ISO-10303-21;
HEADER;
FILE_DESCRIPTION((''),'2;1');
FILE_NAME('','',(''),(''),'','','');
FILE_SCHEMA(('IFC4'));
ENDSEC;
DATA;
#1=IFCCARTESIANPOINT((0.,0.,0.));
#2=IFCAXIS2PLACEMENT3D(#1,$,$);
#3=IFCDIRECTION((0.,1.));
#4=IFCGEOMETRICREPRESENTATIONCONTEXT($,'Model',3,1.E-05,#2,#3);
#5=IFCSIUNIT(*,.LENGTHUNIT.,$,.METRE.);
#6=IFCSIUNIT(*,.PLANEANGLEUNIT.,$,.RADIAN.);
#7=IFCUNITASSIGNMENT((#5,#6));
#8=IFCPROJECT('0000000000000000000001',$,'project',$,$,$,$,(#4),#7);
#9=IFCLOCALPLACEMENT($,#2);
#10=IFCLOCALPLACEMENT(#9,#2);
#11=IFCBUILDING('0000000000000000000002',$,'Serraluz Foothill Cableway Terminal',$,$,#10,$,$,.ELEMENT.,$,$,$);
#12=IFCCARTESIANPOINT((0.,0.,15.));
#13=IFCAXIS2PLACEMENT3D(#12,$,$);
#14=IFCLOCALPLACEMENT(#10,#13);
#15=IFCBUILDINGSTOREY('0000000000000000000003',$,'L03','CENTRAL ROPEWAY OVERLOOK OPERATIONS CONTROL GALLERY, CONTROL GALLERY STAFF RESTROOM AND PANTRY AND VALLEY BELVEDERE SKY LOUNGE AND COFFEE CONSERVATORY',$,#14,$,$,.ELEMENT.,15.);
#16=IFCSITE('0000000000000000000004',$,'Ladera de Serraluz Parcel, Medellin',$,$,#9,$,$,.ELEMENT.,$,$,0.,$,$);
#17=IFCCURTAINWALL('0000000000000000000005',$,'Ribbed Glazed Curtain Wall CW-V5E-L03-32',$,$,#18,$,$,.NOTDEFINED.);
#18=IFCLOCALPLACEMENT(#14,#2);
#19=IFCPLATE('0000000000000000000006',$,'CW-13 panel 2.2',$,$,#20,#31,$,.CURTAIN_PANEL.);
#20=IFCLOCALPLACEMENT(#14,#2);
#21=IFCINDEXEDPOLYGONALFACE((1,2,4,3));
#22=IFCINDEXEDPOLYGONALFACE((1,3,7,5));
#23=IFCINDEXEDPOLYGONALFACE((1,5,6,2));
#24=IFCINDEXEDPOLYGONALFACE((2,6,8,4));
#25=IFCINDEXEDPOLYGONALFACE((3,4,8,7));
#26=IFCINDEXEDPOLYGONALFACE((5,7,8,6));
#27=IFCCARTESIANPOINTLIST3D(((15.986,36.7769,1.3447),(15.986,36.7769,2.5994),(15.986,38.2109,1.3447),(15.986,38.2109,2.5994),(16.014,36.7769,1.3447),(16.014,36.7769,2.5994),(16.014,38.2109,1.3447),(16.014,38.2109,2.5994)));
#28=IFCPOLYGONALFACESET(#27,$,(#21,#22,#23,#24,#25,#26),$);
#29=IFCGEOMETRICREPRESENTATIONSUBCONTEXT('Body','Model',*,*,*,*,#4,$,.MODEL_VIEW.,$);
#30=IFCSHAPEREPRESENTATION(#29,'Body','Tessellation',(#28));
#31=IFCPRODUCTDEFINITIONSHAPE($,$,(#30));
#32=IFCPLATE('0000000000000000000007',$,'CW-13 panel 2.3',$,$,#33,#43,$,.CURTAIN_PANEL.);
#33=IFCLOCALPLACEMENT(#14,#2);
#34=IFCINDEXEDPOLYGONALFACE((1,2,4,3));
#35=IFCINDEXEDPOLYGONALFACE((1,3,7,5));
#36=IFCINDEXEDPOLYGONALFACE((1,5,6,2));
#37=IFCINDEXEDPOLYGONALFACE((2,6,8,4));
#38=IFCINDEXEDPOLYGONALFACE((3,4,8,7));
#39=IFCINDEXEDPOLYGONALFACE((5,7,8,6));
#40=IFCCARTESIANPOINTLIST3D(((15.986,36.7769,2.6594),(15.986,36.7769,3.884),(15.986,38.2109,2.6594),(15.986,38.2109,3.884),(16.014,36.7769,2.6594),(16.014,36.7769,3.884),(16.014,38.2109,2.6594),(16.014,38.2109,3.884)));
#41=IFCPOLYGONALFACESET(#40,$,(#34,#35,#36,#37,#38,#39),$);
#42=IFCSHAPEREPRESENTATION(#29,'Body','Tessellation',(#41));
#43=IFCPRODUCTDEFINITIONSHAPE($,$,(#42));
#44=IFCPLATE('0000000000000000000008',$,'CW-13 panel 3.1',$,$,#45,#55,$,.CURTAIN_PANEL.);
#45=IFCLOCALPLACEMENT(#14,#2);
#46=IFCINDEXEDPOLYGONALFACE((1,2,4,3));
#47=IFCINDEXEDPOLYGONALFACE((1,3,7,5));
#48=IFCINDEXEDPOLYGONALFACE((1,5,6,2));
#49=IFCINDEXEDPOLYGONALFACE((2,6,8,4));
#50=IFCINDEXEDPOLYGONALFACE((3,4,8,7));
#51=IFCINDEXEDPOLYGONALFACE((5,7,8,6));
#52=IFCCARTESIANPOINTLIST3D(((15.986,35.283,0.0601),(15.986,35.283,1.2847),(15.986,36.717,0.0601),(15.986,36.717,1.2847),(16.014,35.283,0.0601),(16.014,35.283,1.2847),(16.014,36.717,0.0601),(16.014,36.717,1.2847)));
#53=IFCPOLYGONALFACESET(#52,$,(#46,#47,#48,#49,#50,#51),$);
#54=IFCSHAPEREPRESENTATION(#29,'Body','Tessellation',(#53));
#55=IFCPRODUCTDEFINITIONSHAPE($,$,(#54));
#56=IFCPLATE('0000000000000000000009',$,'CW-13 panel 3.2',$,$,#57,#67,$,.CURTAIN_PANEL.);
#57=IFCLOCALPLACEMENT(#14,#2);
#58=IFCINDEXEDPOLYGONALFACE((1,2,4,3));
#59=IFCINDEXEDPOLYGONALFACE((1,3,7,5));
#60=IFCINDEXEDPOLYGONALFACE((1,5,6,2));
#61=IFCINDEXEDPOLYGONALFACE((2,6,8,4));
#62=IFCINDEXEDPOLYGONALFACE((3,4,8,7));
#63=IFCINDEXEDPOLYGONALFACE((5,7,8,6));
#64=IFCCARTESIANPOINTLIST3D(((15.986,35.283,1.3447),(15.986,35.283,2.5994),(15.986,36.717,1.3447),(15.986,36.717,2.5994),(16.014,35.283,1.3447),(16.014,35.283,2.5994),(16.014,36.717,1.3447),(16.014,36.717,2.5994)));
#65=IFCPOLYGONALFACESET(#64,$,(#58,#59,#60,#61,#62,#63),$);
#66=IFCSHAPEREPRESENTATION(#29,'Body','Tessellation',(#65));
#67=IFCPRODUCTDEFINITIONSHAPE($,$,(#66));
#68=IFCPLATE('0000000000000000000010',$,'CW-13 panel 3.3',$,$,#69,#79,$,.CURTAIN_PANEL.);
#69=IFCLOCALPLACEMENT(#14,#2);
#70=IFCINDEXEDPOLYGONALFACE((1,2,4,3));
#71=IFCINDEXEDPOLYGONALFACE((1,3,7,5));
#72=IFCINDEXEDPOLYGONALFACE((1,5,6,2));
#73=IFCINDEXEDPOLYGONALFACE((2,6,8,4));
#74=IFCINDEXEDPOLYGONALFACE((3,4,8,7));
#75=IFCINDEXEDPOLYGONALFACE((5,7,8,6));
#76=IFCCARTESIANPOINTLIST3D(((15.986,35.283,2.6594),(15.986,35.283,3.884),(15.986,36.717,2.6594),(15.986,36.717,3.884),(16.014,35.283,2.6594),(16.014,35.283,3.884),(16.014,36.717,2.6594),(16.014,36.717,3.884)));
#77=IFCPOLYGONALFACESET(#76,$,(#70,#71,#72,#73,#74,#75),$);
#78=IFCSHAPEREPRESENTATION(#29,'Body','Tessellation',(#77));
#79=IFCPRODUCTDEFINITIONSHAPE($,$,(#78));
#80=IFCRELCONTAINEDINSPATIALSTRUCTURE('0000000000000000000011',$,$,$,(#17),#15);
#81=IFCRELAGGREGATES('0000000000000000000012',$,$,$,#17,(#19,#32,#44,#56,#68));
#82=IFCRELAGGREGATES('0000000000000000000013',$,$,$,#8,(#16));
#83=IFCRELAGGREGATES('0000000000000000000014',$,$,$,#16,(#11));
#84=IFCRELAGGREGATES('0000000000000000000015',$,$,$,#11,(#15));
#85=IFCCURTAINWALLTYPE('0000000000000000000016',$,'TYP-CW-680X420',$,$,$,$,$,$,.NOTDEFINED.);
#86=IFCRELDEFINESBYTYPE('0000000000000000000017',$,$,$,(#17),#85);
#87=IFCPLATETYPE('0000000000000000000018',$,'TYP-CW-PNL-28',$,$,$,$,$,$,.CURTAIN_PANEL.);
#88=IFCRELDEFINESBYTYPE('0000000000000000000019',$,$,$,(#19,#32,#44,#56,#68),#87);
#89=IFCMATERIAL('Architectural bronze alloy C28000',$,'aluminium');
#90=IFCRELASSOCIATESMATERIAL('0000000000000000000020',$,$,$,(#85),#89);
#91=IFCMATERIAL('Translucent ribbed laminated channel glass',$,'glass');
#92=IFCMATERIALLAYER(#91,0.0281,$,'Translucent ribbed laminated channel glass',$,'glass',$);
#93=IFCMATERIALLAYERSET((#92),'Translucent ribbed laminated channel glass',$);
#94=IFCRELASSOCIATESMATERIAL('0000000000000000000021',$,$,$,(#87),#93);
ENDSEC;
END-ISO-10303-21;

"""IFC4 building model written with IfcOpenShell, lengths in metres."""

from ifc_helpers import new_model, si_unit, direction, frame, origin, origin_2d, place, context, subcontext, project, spatial, rectangle, extrude, material, layer, layer_set, type_object, element, aggregate, save


model = new_model("IFC4")

# Units and contexts
model_context = context("Model", 3, precision=1e-05, world=origin(), true_north=direction((0.0, 1.0)))
body_context = subcontext(model_context, "Body", "Model", "MODEL_VIEW")
ifc_project = project(units=[si_unit("LENGTHUNIT", "METRE"), si_unit("PLANEANGLEUNIT", "RADIAN")], contexts=[model_context])

# Site, building, storey
site_placement = place(None, origin())
site = spatial("IfcSite", under=ifc_project, at=site_placement, Name="Ladera de Serraluz Parcel, Medellin", CompositionType="ELEMENT", RefElevation=0.0)
building_placement = place(site_placement, origin())
building = spatial("IfcBuilding", under=site, at=building_placement, Name="Serraluz Foothill Cableway Terminal", CompositionType="ELEMENT")
storey_placement = place(building_placement, frame((0.0, 0.0, 15.0)))
storey = spatial("IfcBuildingStorey", under=building, at=storey_placement, Name="L03", Description="CENTRAL ROPEWAY OVERLOOK OPERATIONS CONTROL GALLERY, CONTROL GALLERY STAFF RESTROOM AND PANTRY AND VALLEY BELVEDERE SKY LOUNGE AND COFFEE CONSERVATORY", CompositionType="ELEMENT", Elevation=15.0)

# Curtain wall, plates
ifc_material_1 = material(Name="Architectural bronze alloy C28000", Category="aluminium")
curtain_wall_type = type_object("IfcCurtainWallType", Name="TYP-CW-680X420", PredefinedType="NOTDEFINED", material=ifc_material_1)
curtain_wall_placement = place(storey_placement, origin())
curtain_wall = element("IfcCurtainWall", 1, at=curtain_wall_placement, inside=storey, type_object=curtain_wall_type, Name="Ribbed Glazed Curtain Wall CW-V5E-L03-32", PredefinedType="NOTDEFINED")
ifc_material_2 = material(Name="Translucent ribbed laminated channel glass", Category="glass")
ifc_layer = layer(ifc_material_2, 0.0281, Name="Translucent ribbed laminated channel glass", Category="glass")
ifc_layer_set = layer_set([ifc_layer], Name="Translucent ribbed laminated channel glass")
plate_type = type_object("IfcPlateType", Name="TYP-CW-PNL-28", PredefinedType="CURTAIN_PANEL", material=ifc_layer_set)
plate_1_placement = place(storey_placement, frame((16.0, 37.4939, 1.3447), z_axis=(0.0, 0.0, 1.0), x_axis=(0.0, -1.0, 0.0)))
plate_1 = element("IfcPlate", 2, at=plate_1_placement, type_object=plate_type, Name="CW-13 panel 2.2", PredefinedType="CURTAIN_PANEL", context=body_context, shape_type="SweptSolid", body=[
    extrude(rectangle(XDim=1.4341, YDim=0.0281, at=origin_2d()), origin(), (0.0, 0.0, 1.0), 1.2546),
])
plate_2_placement = place(storey_placement, frame((16.0, 37.4939, 2.6594), z_axis=(0.0, 0.0, 1.0), x_axis=(0.0, -1.0, 0.0)))
plate_2 = element("IfcPlate", 3, at=plate_2_placement, type_object=plate_type, Name="CW-13 panel 2.3", PredefinedType="CURTAIN_PANEL", context=body_context, shape_type="SweptSolid", body=[
    extrude(rectangle(XDim=1.4341, YDim=0.0281, at=origin_2d()), origin(), (0.0, 0.0, 1.0), 1.2246),
])
plate_3_placement = place(storey_placement, frame((16.0, 36.0, 0.0601), z_axis=(0.0, 0.0, 1.0), x_axis=(0.0, -1.0, 0.0)))
plate_3 = element("IfcPlate", 4, at=plate_3_placement, type_object=plate_type, Name="CW-13 panel 3.1", PredefinedType="CURTAIN_PANEL", context=body_context, shape_type="SweptSolid", body=[
    extrude(rectangle(XDim=1.4341, YDim=0.0281, at=origin_2d()), origin(), (0.0, 0.0, 1.0), 1.2246),
])
plate_4_placement = place(storey_placement, frame((16.0, 36.0, 1.3447), z_axis=(0.0, 0.0, 1.0), x_axis=(0.0, -1.0, 0.0)))
plate_4 = element("IfcPlate", 5, at=plate_4_placement, type_object=plate_type, Name="CW-13 panel 3.2", PredefinedType="CURTAIN_PANEL", context=body_context, shape_type="SweptSolid", body=[
    extrude(rectangle(XDim=1.4341, YDim=0.0281, at=origin_2d()), origin(), (0.0, 0.0, 1.0), 1.2546),
])
plate_5_placement = place(storey_placement, frame((16.0, 36.0, 2.6594), z_axis=(0.0, 0.0, 1.0), x_axis=(0.0, -1.0, 0.0)))
plate_5 = element("IfcPlate", 6, at=plate_5_placement, type_object=plate_type, Name="CW-13 panel 3.3", PredefinedType="CURTAIN_PANEL", context=body_context, shape_type="SweptSolid", body=[
    extrude(rectangle(XDim=1.4341, YDim=0.0281, at=origin_2d()), origin(), (0.0, 0.0, 1.0), 1.2246),
])
aggregate(curtain_wall, [plate_1, plate_2, plate_3, plate_4, plate_5])

save(model, "model.ifc")
